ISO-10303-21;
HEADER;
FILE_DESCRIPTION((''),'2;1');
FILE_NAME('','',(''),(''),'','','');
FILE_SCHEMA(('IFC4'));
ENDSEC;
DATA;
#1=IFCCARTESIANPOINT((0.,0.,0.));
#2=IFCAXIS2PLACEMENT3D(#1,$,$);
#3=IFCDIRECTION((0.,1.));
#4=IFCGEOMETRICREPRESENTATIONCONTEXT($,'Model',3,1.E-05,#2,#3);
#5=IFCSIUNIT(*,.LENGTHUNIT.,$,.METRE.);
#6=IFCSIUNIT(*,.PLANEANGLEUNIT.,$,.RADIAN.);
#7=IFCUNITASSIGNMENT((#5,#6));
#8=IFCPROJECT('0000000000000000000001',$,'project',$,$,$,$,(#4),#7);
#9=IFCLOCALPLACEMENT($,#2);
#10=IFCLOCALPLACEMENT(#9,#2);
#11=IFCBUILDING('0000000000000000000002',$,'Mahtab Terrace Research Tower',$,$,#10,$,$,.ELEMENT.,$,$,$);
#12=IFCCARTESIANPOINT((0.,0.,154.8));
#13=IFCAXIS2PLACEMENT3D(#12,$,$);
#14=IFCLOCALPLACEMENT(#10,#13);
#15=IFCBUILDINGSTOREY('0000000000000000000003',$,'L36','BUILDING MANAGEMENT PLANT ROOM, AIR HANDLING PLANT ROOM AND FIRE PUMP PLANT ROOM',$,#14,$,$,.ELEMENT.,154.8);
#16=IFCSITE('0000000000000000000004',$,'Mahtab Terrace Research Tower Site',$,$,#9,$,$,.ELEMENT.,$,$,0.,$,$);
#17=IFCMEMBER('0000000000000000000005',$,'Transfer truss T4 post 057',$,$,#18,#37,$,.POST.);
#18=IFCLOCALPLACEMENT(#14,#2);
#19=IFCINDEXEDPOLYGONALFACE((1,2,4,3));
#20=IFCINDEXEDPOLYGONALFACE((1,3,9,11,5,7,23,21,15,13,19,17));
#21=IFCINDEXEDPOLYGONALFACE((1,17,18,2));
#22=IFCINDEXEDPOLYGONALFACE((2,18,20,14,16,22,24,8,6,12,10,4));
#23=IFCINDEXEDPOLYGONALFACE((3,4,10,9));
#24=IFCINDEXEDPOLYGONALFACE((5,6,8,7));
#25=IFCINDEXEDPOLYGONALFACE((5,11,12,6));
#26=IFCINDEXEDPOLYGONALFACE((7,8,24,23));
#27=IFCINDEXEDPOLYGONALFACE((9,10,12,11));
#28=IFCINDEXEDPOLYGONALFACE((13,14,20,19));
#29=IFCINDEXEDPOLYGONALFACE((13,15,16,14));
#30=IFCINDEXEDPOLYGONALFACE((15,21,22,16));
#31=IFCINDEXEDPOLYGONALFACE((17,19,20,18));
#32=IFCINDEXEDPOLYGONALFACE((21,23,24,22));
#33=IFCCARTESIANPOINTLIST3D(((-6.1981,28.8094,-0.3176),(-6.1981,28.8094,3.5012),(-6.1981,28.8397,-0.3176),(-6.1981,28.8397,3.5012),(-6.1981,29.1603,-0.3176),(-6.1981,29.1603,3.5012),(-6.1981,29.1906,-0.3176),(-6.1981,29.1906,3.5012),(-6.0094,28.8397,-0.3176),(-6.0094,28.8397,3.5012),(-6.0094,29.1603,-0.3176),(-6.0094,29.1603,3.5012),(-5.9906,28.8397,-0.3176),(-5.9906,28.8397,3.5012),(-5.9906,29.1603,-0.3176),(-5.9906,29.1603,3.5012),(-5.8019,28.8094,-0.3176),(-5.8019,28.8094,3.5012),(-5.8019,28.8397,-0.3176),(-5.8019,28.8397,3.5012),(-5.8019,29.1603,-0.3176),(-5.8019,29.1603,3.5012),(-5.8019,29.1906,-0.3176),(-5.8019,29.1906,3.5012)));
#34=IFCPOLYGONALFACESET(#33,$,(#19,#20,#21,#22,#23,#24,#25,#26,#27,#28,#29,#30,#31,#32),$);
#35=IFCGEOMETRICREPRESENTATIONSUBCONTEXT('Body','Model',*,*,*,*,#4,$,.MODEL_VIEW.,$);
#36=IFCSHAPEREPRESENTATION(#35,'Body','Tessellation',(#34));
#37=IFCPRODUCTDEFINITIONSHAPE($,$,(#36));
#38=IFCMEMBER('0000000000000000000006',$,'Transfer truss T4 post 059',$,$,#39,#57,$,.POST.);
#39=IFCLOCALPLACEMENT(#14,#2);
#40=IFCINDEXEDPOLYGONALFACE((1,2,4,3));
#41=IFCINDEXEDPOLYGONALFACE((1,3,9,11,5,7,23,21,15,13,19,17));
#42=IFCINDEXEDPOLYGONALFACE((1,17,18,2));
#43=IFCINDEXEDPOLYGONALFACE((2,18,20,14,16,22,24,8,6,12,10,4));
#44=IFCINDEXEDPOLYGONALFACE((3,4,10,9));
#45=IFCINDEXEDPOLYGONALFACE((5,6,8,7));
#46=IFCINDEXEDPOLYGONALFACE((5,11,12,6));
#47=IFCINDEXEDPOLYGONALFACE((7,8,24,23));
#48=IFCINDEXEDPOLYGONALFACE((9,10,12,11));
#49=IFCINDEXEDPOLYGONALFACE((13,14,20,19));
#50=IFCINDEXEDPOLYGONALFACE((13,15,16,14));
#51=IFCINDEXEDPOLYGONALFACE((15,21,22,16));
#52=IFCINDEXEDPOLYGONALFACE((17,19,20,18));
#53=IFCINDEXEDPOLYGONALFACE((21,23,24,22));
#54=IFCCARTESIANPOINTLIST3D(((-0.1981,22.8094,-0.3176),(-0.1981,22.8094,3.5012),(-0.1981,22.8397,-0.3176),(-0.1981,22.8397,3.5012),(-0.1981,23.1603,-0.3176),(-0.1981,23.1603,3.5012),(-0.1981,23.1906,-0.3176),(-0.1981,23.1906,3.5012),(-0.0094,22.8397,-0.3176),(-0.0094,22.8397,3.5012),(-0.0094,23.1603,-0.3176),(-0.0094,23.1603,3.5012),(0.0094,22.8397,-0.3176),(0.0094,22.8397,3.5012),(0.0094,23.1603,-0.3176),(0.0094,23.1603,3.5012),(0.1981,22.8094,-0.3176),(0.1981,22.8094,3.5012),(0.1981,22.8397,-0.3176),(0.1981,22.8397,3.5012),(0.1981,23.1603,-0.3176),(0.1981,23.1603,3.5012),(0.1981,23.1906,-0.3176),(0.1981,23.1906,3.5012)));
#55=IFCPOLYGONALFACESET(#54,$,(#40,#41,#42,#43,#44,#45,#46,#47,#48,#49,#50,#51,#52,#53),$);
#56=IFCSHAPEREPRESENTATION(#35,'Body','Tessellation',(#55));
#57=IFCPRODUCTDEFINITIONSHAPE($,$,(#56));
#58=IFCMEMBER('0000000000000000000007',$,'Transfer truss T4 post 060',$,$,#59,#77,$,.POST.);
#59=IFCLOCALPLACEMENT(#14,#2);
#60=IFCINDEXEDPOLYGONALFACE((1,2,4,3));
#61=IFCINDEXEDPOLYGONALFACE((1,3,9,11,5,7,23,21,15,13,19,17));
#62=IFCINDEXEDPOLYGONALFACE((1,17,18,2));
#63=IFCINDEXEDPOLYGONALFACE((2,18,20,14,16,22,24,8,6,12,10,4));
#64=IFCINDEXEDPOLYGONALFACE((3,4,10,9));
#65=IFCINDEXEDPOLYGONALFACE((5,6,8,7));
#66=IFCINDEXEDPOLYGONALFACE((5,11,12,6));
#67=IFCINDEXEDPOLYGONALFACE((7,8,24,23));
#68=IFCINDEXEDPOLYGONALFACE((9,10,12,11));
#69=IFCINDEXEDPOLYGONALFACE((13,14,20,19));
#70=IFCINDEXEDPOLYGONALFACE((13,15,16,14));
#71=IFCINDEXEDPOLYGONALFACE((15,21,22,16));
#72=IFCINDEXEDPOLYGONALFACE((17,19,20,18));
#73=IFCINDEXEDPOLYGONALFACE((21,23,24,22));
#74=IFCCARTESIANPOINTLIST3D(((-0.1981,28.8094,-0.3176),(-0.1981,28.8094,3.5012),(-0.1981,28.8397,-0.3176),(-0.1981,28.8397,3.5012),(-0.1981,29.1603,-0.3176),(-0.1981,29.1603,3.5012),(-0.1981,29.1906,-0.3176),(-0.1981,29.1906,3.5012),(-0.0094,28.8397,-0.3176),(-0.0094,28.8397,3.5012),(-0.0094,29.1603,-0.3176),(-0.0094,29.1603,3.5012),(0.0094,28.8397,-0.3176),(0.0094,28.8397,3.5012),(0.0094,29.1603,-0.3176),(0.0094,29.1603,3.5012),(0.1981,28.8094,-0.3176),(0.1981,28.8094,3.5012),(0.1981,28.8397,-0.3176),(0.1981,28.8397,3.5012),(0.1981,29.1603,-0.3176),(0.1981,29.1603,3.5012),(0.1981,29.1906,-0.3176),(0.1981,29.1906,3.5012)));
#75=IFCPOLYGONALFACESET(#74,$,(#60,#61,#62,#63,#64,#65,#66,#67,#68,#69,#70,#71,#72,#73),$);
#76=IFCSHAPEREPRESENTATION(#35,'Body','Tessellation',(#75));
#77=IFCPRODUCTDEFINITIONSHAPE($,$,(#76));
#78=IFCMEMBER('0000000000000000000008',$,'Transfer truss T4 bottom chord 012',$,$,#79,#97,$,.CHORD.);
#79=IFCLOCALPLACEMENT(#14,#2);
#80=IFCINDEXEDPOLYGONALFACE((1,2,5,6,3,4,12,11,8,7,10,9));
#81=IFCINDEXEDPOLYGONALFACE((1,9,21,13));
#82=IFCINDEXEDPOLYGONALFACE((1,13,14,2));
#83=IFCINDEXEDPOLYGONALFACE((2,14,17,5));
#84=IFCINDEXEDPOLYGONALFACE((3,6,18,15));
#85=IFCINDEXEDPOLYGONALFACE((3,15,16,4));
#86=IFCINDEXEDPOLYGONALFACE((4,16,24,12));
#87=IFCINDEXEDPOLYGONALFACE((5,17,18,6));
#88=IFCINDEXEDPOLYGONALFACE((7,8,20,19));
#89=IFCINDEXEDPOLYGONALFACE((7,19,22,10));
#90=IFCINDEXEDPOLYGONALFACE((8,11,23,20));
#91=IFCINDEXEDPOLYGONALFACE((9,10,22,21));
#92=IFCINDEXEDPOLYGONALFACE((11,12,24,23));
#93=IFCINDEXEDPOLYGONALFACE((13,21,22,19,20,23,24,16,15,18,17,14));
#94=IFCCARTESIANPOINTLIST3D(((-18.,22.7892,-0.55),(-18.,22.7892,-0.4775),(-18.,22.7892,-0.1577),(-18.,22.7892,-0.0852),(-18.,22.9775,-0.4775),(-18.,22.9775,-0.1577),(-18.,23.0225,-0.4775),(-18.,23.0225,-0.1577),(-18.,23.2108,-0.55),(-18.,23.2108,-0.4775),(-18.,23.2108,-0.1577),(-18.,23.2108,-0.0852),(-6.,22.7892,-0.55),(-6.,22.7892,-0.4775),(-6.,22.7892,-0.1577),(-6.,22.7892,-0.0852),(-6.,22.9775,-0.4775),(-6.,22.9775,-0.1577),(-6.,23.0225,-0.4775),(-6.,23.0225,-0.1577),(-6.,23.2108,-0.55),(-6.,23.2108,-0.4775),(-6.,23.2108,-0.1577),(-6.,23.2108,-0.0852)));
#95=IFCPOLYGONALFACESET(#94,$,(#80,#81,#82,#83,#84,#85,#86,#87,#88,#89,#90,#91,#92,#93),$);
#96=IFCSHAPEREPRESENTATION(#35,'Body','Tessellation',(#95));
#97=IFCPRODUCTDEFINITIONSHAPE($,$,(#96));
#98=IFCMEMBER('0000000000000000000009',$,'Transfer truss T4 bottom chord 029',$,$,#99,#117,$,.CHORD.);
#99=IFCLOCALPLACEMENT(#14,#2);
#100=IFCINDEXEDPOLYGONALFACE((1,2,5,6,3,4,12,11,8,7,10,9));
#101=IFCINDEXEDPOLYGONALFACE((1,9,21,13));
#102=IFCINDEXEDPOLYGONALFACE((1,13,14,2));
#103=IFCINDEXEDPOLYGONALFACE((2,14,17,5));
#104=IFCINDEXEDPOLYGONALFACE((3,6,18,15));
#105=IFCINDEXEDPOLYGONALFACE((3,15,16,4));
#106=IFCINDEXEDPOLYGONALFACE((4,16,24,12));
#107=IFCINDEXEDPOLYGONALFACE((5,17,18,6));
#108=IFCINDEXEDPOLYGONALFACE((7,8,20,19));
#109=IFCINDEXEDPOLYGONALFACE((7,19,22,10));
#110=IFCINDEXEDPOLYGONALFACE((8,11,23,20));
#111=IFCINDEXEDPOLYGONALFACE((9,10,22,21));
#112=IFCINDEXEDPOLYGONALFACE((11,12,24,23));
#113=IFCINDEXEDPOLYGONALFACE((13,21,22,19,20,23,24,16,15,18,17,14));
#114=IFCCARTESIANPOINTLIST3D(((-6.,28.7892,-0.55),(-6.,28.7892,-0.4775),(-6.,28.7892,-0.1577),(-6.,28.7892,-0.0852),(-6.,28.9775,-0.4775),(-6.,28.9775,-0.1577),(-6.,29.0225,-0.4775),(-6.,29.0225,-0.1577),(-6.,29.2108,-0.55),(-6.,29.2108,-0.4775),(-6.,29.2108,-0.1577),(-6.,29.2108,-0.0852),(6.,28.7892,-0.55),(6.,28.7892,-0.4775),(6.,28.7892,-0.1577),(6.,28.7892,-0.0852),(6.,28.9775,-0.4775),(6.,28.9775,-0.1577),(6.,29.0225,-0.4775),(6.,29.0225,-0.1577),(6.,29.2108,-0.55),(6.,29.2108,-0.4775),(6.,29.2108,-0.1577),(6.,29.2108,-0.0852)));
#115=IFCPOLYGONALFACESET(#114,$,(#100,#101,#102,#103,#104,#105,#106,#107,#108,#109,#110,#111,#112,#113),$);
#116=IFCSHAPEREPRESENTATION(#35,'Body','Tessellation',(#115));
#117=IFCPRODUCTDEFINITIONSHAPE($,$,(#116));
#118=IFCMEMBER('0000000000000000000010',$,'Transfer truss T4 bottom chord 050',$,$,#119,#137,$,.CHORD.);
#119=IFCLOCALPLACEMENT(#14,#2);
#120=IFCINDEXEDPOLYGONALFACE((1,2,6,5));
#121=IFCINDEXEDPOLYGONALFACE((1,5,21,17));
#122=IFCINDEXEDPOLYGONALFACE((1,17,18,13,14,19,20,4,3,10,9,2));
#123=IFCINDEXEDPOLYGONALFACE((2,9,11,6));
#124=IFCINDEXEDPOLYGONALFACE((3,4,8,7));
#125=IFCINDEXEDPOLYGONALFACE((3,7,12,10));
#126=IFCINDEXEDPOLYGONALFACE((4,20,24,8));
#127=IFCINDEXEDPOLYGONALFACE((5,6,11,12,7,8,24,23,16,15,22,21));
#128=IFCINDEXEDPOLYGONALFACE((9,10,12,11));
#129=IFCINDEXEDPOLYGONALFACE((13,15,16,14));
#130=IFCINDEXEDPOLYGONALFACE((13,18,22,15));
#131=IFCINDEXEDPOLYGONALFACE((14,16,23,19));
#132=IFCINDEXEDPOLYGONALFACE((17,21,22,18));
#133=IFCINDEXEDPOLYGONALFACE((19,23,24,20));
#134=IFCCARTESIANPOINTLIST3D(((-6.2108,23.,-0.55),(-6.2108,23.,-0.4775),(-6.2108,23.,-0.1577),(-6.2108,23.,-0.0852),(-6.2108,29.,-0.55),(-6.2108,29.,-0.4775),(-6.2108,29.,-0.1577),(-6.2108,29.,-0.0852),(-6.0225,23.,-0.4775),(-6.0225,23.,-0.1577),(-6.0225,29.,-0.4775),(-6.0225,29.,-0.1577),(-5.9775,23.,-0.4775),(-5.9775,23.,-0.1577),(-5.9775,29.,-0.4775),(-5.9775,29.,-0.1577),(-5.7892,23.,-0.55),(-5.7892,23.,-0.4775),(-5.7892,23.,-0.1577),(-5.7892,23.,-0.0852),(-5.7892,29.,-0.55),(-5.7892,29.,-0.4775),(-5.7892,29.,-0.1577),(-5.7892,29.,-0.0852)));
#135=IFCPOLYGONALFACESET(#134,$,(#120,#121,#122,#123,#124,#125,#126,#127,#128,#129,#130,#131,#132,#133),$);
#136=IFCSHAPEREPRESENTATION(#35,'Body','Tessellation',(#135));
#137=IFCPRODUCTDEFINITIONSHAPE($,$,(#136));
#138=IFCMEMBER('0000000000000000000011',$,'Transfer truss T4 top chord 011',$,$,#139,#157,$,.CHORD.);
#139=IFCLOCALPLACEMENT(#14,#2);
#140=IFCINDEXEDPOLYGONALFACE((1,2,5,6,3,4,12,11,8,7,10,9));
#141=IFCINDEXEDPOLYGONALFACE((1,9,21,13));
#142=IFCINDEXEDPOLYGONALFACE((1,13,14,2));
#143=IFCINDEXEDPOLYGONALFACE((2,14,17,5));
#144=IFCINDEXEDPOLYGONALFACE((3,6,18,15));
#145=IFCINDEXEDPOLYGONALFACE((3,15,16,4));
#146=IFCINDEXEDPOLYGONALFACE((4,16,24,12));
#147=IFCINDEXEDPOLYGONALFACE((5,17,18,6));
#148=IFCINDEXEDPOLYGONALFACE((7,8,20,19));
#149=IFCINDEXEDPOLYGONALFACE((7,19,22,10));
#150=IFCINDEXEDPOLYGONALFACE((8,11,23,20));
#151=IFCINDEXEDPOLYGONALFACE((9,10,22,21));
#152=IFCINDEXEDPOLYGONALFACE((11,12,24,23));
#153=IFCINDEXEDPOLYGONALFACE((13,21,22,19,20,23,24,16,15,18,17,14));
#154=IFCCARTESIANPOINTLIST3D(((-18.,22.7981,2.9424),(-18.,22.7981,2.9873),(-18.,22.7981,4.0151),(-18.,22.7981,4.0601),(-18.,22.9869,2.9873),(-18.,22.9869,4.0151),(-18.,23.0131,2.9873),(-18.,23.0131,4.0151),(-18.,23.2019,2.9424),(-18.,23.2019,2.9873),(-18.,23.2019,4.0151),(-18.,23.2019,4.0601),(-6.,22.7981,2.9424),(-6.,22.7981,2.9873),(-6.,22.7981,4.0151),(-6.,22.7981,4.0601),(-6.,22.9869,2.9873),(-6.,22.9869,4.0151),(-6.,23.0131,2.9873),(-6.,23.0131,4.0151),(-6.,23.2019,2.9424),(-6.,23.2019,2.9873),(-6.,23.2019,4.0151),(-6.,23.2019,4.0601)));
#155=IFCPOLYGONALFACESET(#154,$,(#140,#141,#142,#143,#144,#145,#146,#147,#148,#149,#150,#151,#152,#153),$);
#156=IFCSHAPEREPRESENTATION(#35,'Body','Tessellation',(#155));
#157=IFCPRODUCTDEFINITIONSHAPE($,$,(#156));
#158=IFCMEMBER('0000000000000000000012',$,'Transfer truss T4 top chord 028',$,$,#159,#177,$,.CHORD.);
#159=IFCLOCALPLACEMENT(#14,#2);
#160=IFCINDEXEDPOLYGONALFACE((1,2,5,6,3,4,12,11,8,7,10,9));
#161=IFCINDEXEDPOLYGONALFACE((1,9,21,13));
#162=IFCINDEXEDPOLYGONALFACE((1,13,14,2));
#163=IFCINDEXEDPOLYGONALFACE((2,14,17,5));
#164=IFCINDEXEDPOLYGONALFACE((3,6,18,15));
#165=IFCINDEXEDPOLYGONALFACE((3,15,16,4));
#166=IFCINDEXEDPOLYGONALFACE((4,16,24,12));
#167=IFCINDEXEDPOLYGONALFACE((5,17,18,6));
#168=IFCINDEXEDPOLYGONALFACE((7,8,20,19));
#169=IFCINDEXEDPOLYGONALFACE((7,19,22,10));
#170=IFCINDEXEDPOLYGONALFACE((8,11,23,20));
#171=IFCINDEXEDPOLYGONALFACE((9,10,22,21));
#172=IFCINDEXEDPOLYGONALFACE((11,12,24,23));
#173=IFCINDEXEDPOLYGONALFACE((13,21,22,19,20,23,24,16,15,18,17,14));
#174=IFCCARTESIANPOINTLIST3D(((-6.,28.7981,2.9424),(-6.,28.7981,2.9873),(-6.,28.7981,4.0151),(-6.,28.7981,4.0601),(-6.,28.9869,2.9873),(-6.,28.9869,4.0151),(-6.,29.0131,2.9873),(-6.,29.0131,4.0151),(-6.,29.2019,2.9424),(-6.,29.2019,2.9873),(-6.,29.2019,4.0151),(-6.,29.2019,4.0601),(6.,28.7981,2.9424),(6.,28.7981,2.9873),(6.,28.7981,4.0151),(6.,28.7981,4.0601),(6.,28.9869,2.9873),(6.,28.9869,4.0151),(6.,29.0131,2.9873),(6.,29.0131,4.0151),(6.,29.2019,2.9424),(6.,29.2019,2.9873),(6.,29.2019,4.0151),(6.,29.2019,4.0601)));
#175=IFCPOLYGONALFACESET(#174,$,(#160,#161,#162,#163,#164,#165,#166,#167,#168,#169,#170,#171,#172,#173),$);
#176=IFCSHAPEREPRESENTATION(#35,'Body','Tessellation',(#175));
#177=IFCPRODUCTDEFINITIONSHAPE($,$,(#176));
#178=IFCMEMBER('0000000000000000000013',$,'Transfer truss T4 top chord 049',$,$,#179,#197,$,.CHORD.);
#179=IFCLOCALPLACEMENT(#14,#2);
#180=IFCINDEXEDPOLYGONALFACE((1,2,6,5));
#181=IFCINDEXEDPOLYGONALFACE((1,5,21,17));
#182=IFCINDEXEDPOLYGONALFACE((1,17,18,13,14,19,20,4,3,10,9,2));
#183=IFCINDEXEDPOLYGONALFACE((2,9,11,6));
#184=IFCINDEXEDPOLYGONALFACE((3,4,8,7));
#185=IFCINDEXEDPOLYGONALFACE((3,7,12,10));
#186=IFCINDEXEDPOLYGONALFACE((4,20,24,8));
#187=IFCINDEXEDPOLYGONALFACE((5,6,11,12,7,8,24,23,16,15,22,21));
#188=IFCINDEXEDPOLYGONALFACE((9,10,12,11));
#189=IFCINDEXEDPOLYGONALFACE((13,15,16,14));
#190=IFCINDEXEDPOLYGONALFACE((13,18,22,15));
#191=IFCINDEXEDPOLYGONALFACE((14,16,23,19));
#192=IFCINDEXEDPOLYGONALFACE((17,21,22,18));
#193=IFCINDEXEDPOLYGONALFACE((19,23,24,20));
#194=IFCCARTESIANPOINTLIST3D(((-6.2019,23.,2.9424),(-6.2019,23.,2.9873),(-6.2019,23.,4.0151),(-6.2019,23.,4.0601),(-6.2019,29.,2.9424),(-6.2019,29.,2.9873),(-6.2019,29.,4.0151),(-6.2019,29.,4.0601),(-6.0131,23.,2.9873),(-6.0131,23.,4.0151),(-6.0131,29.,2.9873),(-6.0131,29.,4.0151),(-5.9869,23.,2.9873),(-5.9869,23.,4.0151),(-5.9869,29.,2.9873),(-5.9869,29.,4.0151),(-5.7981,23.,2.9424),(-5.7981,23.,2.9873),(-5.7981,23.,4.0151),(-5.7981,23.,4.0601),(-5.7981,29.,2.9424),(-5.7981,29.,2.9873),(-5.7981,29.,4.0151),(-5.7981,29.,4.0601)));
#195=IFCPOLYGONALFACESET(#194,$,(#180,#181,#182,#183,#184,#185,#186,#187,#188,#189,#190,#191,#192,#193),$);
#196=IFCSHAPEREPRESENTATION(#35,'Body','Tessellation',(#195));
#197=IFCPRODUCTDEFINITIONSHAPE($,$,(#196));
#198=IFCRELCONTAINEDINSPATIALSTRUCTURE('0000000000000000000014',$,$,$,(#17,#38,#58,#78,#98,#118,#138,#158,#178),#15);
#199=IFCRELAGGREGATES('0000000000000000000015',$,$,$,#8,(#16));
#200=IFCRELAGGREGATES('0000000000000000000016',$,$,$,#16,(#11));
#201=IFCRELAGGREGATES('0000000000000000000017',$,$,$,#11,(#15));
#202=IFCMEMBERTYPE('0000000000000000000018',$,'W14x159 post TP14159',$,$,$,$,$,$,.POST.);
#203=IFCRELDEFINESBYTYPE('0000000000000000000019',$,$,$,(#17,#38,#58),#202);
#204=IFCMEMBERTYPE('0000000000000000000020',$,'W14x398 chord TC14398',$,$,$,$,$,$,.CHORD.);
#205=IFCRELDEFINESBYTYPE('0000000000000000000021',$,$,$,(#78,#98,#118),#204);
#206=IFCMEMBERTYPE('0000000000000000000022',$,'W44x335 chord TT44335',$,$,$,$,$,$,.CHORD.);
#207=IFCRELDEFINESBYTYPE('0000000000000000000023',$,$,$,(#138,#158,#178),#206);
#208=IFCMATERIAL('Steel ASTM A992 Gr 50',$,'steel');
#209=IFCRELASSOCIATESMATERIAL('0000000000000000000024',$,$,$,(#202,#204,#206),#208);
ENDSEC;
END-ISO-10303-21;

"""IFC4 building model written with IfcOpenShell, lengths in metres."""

from ifc_helpers import new_model, si_unit, direction, frame, origin, origin_2d, place, context, subcontext, project, spatial, i_section, extrude, material, material_profile, profile_set, type_object, element, save


model = new_model("IFC4")

# Units and contexts
model_context = context("Model", 3, precision=1e-05, world=origin(), true_north=direction((0.0, 1.0)))
body_context = subcontext(model_context, "Body", "Model", "MODEL_VIEW")
ifc_project = project(units=[si_unit("LENGTHUNIT", "METRE"), si_unit("PLANEANGLEUNIT", "RADIAN")], contexts=[model_context])

# Site, building, storey
site_placement = place(None, origin())
site = spatial("IfcSite", under=ifc_project, at=site_placement, Name="Mahtab Terrace Research Tower Site", CompositionType="ELEMENT", RefElevation=0.0)
building_placement = place(site_placement, origin())
building = spatial("IfcBuilding", under=site, at=building_placement, Name="Mahtab Terrace Research Tower", CompositionType="ELEMENT")
storey_placement = place(building_placement, frame((0.0, 0.0, 154.8)))
storey = spatial("IfcBuildingStorey", under=building, at=storey_placement, Name="L36", Description="BUILDING MANAGEMENT PLANT ROOM, AIR HANDLING PLANT ROOM AND FIRE PUMP PLANT ROOM", CompositionType="ELEMENT", Elevation=154.8)

# Shared definitions
ifc_material_1 = material(Name="Steel ASTM A992 Gr 50", Category="steel")

# Members
ifc_material_profile_1 = material_profile(ifc_material_1, i_section(OverallWidth=0.3962, OverallDepth=0.3811, WebThickness=0.0188, FlangeThickness=0.0303, at=origin_2d()), Name="W14X159")
ifc_profile_set_1 = profile_set([ifc_material_profile_1], Name="Steel ASTM A992 Gr 50")
member_type_1 = type_object("IfcMemberType", Name="W14x159 post TP14159", PredefinedType="POST", material=ifc_profile_set_1)
for number, where, z_axis, x_axis, name in (
    (1, (-6.0, 29.0, -0.3176), (0.0, 0.0, 1.0), (1.0, 0.0, 0.0), "Transfer truss T4 post 057"),
    (2, (0.0, 23.0, -0.3176), (0.0, 0.0, 1.0), (1.0, 0.0, 0.0), "Transfer truss T4 post 059"),
    (3, (0.0, 29.0, -0.3176), (0.0, 0.0, 1.0), (1.0, 0.0, 0.0), "Transfer truss T4 post 060"),
):
    element("IfcMember", number, at=place(storey_placement, frame(where, z_axis=z_axis, x_axis=x_axis)), inside=storey, type_object=member_type_1, Name=name, PredefinedType="POST", context=body_context, shape_type="SweptSolid", body=[
        extrude(i_section(OverallWidth=0.3962, OverallDepth=0.3811, WebThickness=0.0188, FlangeThickness=0.0303, at=origin_2d()), origin(), (0.0, 0.0, 1.0), 3.8188),
    ])
ifc_material_profile_2 = material_profile(ifc_material_1, i_section(OverallWidth=0.4216, OverallDepth=0.4648, WebThickness=0.0449, FlangeThickness=0.0725, at=origin_2d()), Name="W14X398")
ifc_profile_set_2 = profile_set([ifc_material_profile_2], Name="Steel ASTM A992 Gr 50")
member_type_2 = type_object("IfcMemberType", Name="W14x398 chord TC14398", PredefinedType="CHORD", material=ifc_profile_set_2)
for number, where, z_axis, x_axis, name in (
    (4, (-6.0, 23.0, -0.3176), (-1.0, 0.0, 0.0), (0.0, -1.0, 0.0), "Transfer truss T4 bottom chord 012"),
    (5, (-6.0, 29.0, -0.3176), (1.0, 0.0, 0.0), (0.0, 1.0, 0.0), "Transfer truss T4 bottom chord 029"),
):
    element("IfcMember", number, at=place(storey_placement, frame(where, z_axis=z_axis, x_axis=x_axis)), inside=storey, type_object=member_type_2, Name=name, PredefinedType="CHORD", context=body_context, shape_type="SweptSolid", body=[
        extrude(i_section(OverallWidth=0.4216, OverallDepth=0.4648, WebThickness=0.0449, FlangeThickness=0.0725, at=origin_2d()), origin(), (0.0, 0.0, 1.0), 12.0),
    ])
member_1_placement = place(storey_placement, frame((-6.0, 23.0, -0.3176), z_axis=(0.0, 1.0, 0.0), x_axis=(-1.0, 0.0, 0.0)))
element("IfcMember", 6, at=member_1_placement, inside=storey, type_object=member_type_2, Name="Transfer truss T4 bottom chord 050", PredefinedType="CHORD", context=body_context, shape_type="SweptSolid", body=[
    extrude(i_section(OverallWidth=0.4216, OverallDepth=0.4648, WebThickness=0.0449, FlangeThickness=0.0725, at=origin_2d()), origin(), (0.0, 0.0, 1.0), 6.0),
])
ifc_material_profile_3 = material_profile(ifc_material_1, i_section(OverallWidth=0.4038, OverallDepth=1.1177, WebThickness=0.0261, FlangeThickness=0.0449, at=origin_2d()), Name="W44X335")
ifc_profile_set_3 = profile_set([ifc_material_profile_3], Name="Steel ASTM A992 Gr 50")
member_type_3 = type_object("IfcMemberType", Name="W44x335 chord TT44335", PredefinedType="CHORD", material=ifc_profile_set_3)
for number, where, z_axis, x_axis, name in (
    (7, (-6.0, 23.0, 3.5012), (-1.0, 0.0, 0.0), (0.0, -1.0, 0.0), "Transfer truss T4 top chord 011"),
    (8, (-6.0, 29.0, 3.5012), (1.0, 0.0, 0.0), (0.0, 1.0, 0.0), "Transfer truss T4 top chord 028"),
):
    element("IfcMember", number, at=place(storey_placement, frame(where, z_axis=z_axis, x_axis=x_axis)), inside=storey, type_object=member_type_3, Name=name, PredefinedType="CHORD", context=body_context, shape_type="SweptSolid", body=[
        extrude(i_section(OverallWidth=0.4038, OverallDepth=1.1177, WebThickness=0.0261, FlangeThickness=0.0449, at=origin_2d()), origin(), (0.0, 0.0, 1.0), 12.0),
    ])
member_2_placement = place(storey_placement, frame((-6.0, 23.0, 3.5012), z_axis=(0.0, 1.0, 0.0), x_axis=(-1.0, 0.0, 0.0)))
element("IfcMember", 9, at=member_2_placement, inside=storey, type_object=member_type_3, Name="Transfer truss T4 top chord 049", PredefinedType="CHORD", context=body_context, shape_type="SweptSolid", body=[
    extrude(i_section(OverallWidth=0.4038, OverallDepth=1.1177, WebThickness=0.0261, FlangeThickness=0.0449, at=origin_2d()), origin(), (0.0, 0.0, 1.0), 6.0),
])

save(model, "model.ifc")
